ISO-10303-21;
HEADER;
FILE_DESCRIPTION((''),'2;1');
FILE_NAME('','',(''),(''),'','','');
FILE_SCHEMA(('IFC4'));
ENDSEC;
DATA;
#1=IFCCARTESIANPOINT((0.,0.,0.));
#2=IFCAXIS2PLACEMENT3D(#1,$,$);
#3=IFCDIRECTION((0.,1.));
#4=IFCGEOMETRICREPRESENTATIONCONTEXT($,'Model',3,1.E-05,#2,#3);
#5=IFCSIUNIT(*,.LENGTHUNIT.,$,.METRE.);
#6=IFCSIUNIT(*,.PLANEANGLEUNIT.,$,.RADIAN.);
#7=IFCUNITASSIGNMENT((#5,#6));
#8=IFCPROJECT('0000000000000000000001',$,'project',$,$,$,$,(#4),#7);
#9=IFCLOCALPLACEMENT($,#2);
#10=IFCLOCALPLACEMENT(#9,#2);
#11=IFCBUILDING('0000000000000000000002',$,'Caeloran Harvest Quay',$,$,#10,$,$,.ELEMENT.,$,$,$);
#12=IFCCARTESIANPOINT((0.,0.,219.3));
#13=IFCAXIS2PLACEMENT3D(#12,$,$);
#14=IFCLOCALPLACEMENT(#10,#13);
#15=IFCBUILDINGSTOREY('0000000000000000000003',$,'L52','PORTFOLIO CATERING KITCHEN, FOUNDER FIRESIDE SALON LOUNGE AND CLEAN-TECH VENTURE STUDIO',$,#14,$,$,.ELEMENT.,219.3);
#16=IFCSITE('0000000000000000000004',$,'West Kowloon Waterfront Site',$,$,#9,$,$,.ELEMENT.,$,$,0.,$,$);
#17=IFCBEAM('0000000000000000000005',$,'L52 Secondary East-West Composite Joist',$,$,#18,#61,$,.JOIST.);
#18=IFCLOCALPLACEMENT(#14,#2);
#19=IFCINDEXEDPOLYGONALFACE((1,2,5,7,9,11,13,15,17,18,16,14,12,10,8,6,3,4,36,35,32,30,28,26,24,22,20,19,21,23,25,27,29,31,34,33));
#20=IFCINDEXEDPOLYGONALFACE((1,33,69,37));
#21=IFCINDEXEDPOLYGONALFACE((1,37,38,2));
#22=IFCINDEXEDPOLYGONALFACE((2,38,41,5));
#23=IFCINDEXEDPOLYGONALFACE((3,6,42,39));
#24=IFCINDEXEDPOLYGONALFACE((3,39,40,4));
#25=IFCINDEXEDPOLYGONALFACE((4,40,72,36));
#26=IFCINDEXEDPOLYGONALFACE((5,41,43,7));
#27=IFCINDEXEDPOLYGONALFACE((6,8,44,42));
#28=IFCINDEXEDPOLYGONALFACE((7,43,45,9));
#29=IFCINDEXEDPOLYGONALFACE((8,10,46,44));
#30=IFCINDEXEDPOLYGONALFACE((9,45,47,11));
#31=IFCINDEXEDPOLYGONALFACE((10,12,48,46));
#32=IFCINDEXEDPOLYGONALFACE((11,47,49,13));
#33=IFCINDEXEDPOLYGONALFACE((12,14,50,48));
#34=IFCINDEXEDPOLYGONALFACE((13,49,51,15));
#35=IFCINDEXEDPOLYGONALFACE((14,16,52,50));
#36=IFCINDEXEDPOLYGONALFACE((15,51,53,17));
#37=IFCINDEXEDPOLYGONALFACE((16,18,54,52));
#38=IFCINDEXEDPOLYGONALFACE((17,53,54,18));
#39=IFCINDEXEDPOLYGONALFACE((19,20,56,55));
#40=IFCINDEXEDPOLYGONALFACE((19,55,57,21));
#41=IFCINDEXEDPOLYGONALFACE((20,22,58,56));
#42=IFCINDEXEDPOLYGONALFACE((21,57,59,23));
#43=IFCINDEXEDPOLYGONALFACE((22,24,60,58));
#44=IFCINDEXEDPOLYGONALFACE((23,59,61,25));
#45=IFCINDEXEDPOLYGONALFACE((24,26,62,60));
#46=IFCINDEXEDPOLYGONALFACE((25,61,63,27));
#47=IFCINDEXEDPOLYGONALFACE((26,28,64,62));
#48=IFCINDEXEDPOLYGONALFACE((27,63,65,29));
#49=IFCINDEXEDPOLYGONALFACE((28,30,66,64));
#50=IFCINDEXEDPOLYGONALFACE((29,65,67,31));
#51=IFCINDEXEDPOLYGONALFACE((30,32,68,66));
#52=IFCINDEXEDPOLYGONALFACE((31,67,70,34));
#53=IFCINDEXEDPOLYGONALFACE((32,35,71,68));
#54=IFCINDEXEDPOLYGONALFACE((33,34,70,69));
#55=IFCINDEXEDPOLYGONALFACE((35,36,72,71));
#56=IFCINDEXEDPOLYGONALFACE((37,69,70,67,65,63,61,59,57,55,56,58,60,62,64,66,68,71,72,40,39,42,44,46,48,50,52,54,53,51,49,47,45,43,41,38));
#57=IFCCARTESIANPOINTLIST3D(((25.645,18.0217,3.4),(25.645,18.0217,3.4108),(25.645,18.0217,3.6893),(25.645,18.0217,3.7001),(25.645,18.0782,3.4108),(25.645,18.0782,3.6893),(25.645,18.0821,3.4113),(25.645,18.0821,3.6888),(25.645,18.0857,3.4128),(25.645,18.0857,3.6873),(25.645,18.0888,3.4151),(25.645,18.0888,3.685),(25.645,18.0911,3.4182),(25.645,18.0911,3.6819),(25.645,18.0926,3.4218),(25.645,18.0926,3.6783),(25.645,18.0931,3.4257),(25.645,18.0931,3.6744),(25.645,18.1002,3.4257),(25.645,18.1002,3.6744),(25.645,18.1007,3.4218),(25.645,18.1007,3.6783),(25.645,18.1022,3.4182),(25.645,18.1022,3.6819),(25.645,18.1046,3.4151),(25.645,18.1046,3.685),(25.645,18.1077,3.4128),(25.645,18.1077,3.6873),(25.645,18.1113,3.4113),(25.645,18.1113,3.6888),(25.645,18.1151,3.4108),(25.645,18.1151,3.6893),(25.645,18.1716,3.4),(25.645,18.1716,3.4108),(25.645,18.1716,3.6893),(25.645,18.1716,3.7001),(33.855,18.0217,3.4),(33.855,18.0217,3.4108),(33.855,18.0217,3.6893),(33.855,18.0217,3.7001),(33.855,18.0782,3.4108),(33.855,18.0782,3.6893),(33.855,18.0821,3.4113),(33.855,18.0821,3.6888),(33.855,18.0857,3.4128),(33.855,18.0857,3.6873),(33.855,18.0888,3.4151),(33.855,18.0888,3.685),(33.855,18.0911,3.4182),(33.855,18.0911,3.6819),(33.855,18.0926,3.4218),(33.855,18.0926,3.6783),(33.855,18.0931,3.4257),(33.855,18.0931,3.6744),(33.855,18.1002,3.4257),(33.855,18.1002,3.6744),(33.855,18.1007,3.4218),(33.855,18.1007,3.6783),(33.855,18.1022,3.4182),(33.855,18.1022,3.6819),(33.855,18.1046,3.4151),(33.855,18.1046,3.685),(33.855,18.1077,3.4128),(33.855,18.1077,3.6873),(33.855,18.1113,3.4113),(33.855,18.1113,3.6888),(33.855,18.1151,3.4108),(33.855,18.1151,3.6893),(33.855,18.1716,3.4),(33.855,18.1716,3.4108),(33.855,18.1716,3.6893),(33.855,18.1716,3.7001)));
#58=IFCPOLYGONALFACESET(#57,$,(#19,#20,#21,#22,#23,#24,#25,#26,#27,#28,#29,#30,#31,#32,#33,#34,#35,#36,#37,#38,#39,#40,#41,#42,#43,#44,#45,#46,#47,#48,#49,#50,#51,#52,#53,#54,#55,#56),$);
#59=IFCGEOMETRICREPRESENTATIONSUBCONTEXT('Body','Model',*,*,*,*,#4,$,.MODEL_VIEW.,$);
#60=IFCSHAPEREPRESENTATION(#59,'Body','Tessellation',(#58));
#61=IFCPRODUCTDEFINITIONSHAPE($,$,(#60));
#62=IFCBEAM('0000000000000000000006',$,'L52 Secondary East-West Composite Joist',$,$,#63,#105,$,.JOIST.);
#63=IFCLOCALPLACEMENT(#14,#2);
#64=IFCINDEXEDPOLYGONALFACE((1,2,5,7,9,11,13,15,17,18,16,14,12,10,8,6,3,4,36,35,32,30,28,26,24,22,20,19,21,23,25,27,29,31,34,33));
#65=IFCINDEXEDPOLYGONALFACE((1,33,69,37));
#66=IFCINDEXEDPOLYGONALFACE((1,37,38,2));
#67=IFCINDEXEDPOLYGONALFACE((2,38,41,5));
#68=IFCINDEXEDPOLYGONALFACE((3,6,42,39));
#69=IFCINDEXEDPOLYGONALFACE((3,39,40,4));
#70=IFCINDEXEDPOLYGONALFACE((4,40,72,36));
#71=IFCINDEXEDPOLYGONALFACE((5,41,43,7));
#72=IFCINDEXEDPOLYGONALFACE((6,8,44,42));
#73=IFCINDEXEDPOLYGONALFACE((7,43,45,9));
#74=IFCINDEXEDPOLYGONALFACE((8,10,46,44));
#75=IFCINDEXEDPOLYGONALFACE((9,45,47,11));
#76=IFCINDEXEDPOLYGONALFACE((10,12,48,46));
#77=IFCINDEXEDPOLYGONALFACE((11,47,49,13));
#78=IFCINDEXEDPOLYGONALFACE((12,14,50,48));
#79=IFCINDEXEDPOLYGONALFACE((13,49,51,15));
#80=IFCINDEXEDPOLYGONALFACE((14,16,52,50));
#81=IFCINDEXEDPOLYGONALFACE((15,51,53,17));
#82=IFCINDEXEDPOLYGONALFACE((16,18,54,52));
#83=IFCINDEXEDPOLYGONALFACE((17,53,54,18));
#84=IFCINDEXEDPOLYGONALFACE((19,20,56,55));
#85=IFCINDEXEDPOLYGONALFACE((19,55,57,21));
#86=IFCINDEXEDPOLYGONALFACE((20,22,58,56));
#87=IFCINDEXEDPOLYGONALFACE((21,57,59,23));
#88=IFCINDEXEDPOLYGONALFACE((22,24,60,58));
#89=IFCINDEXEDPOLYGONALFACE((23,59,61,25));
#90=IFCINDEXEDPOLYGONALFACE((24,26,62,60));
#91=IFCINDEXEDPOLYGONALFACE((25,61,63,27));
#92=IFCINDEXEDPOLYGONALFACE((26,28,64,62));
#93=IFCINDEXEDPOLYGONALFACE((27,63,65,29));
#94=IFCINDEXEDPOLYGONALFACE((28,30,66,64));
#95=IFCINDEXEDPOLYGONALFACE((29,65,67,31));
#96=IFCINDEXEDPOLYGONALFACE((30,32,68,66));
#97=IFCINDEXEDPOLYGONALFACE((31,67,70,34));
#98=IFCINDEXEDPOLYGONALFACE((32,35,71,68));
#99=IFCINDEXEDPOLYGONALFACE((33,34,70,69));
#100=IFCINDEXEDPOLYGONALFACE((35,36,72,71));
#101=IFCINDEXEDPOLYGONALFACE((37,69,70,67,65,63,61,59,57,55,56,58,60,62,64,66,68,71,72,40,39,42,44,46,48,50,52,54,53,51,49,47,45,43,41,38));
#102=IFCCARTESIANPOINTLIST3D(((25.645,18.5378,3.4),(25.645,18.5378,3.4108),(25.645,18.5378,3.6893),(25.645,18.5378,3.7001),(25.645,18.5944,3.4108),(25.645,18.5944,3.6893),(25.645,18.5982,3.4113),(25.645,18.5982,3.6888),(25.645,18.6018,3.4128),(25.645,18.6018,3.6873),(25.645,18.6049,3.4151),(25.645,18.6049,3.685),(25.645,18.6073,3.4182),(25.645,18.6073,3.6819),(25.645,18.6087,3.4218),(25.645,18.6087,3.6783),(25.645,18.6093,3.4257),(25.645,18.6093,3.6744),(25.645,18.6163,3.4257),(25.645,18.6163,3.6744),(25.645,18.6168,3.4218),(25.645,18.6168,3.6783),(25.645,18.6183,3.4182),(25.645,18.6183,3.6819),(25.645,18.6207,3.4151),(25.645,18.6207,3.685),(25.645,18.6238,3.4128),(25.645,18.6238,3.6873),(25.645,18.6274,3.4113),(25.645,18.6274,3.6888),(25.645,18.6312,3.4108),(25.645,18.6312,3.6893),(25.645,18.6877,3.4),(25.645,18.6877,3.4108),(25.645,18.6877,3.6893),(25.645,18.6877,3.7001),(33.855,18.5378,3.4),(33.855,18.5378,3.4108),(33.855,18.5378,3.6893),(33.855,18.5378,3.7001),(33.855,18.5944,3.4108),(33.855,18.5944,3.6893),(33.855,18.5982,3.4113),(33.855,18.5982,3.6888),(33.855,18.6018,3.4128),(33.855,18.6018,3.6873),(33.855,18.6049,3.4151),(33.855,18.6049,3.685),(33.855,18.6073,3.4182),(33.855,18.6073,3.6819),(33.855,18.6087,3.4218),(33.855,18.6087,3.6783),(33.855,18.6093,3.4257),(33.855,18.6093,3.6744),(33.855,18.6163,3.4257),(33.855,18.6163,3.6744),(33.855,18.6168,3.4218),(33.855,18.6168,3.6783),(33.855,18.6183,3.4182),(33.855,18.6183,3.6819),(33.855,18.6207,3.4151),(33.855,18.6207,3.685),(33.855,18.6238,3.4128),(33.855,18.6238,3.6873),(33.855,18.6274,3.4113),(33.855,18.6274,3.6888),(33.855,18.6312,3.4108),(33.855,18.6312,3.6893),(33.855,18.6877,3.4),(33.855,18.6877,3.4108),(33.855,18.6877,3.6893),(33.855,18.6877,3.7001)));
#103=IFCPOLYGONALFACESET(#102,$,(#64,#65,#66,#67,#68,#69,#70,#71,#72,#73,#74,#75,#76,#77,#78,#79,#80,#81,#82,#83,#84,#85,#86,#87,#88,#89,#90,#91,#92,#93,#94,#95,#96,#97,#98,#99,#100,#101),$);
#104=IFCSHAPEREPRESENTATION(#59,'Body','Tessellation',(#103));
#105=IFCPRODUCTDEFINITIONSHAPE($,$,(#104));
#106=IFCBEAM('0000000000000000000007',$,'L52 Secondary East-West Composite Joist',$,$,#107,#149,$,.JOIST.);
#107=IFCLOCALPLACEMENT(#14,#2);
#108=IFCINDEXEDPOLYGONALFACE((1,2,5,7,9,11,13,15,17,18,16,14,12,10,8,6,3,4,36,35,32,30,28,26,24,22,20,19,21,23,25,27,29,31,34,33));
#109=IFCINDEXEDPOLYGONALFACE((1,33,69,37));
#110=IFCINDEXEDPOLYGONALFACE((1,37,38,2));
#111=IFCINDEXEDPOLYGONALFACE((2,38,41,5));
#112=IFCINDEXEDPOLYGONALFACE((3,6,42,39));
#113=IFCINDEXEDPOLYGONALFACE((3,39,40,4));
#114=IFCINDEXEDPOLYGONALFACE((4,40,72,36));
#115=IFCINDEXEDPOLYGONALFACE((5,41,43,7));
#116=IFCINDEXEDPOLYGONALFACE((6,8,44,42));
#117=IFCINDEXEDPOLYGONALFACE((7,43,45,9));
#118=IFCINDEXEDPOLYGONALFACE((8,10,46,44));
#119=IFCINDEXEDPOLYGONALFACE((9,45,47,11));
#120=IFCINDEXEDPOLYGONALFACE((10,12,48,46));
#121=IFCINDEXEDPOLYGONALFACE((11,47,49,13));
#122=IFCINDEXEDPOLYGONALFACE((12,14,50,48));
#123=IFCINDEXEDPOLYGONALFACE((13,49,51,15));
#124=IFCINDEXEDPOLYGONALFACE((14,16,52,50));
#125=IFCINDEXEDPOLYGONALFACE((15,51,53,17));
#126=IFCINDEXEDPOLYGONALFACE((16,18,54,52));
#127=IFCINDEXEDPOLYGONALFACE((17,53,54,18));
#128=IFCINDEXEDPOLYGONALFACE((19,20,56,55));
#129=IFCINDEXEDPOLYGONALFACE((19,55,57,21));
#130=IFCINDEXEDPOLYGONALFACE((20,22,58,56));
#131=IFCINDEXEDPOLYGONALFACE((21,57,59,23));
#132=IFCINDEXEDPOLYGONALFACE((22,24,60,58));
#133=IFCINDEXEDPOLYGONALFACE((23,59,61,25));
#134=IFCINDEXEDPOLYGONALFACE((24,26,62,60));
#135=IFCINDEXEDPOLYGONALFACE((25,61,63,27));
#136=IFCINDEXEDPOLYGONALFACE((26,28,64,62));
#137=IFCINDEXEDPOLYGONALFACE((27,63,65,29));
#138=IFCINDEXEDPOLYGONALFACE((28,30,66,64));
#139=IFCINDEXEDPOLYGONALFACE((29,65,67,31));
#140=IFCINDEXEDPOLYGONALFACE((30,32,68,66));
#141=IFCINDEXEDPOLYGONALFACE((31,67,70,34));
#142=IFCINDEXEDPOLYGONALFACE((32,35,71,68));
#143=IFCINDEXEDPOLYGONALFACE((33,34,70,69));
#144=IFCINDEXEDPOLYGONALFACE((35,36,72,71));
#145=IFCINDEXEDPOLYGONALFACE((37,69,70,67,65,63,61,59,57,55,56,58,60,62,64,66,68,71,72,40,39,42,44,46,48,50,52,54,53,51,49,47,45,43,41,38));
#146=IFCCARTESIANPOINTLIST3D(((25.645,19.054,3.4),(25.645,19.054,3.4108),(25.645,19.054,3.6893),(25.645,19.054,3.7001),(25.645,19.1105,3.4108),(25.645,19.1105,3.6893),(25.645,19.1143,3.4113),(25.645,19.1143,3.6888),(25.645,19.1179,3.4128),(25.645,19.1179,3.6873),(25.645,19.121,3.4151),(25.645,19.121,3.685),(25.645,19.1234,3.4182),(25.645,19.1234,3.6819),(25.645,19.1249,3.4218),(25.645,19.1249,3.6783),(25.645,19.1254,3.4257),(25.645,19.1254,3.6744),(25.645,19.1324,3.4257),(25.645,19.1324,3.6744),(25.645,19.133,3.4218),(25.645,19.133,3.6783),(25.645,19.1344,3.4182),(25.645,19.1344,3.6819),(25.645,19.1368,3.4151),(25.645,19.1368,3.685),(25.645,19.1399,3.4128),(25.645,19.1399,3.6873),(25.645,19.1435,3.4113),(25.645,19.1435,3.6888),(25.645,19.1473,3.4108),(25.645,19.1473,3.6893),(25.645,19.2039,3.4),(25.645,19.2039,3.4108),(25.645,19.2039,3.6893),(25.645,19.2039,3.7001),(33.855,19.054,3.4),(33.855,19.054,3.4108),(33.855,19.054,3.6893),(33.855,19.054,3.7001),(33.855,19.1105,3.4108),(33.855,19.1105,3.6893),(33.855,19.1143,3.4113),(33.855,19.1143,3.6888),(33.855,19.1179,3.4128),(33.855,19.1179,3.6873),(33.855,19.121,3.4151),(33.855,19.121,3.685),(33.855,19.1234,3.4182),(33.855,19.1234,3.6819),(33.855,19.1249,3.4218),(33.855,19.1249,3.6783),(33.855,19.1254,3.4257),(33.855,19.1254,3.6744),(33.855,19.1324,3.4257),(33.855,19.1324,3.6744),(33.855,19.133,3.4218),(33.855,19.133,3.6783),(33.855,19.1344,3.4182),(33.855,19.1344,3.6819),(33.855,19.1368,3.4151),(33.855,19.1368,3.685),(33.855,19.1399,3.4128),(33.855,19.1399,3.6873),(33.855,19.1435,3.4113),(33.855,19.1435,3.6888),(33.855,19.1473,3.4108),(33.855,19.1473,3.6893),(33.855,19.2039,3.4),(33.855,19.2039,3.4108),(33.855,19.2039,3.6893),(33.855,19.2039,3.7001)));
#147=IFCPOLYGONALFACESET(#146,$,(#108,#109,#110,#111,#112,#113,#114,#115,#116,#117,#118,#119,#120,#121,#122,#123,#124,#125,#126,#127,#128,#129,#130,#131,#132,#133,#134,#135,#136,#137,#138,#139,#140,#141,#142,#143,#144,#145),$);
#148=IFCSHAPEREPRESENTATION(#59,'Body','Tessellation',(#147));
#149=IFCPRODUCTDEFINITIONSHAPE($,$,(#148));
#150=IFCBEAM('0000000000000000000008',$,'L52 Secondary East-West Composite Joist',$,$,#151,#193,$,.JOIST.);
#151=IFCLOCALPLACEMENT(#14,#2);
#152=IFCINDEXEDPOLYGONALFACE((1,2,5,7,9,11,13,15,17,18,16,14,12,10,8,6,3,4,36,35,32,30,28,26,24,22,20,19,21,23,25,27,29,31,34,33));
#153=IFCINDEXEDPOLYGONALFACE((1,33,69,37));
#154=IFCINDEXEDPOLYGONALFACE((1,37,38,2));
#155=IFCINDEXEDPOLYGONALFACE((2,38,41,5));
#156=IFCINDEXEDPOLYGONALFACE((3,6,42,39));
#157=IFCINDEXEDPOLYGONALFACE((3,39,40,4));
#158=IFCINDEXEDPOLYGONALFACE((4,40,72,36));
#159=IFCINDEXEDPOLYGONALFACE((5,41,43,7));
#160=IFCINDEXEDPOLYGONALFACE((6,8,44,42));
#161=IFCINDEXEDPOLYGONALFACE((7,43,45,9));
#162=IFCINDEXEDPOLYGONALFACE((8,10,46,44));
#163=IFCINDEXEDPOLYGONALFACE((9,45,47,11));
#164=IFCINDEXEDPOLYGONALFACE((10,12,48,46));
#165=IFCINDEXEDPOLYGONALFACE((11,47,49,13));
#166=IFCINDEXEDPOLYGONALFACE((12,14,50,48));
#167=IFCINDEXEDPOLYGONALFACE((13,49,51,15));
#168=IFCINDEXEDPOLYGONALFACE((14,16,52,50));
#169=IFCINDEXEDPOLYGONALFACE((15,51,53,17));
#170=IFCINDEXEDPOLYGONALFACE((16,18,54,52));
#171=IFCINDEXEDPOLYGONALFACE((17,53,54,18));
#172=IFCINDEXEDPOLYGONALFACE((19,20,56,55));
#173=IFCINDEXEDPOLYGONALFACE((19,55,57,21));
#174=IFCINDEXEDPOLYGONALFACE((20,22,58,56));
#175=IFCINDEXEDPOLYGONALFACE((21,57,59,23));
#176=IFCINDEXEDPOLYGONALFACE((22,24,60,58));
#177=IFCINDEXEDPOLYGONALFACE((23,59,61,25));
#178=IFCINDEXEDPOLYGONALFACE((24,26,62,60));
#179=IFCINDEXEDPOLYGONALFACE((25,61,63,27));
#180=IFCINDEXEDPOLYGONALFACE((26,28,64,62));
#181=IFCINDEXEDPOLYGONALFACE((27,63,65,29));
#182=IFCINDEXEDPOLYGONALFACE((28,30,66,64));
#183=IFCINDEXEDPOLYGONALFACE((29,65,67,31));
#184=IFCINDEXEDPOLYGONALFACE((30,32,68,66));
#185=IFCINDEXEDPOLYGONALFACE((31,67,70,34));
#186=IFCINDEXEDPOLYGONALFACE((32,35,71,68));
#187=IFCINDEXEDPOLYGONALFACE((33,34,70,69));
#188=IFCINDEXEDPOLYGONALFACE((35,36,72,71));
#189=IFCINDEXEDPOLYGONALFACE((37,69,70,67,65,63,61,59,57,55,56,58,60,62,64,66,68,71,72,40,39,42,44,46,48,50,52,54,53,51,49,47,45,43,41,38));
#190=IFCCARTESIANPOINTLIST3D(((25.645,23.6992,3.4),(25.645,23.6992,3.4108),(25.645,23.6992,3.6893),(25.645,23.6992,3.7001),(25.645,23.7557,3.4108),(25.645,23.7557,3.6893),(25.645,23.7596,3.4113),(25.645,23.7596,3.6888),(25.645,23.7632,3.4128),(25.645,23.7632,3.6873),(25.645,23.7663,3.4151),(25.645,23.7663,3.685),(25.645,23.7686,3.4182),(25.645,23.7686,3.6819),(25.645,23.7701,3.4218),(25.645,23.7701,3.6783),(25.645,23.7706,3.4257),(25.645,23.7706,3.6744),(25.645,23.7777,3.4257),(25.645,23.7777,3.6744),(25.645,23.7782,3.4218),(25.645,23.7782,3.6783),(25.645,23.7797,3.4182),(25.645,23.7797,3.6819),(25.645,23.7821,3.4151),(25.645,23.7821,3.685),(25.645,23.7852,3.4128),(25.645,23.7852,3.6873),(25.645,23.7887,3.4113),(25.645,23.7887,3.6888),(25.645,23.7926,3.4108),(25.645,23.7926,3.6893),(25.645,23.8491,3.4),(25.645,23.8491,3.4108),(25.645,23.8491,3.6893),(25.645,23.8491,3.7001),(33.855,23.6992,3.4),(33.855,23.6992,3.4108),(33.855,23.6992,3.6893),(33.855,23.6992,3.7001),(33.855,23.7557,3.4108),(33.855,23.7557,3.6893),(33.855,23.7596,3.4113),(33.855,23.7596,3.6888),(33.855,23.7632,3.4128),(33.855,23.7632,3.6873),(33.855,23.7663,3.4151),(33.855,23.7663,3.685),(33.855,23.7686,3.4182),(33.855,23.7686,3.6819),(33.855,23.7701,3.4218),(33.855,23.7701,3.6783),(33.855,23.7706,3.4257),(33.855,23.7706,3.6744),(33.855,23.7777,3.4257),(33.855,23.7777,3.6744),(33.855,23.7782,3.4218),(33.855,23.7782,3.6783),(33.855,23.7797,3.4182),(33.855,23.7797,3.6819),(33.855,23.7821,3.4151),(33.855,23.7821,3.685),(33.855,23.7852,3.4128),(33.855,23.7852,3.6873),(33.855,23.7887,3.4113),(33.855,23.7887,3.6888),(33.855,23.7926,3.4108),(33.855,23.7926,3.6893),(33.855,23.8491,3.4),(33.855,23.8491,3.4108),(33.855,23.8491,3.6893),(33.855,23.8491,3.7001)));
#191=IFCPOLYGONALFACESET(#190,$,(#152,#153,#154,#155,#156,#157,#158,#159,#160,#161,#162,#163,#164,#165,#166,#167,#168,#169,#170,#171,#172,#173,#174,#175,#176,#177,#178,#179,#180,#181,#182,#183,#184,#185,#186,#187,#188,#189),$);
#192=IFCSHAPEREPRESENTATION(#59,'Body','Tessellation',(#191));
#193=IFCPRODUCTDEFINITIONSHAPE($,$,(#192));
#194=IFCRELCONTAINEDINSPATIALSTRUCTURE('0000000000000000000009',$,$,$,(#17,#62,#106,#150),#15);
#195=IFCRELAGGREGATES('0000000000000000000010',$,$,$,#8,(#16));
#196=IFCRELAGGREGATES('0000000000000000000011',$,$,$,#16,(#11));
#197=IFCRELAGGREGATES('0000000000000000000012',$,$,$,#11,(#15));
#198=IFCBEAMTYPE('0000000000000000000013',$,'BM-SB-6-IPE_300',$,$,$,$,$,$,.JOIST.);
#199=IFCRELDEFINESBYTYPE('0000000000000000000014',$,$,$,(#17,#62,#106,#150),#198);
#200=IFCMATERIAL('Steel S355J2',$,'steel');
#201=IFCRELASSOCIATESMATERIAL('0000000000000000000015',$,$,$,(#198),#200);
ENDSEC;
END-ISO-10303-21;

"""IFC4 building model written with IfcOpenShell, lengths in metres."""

from ifc_helpers import new_model, si_unit, direction, frame, origin, origin_2d, place, context, subcontext, project, spatial, i_section, extrude, material, material_profile, profile_set, type_object, element, save


model = new_model("IFC4")

# Units and contexts
model_context = context("Model", 3, precision=1e-05, world=origin(), true_north=direction((0.0, 1.0)))
body_context = subcontext(model_context, "Body", "Model", "MODEL_VIEW")
ifc_project = project(units=[si_unit("LENGTHUNIT", "METRE"), si_unit("PLANEANGLEUNIT", "RADIAN")], contexts=[model_context])

# Site, building, storey
site_placement = place(None, origin())
site = spatial("IfcSite", under=ifc_project, at=site_placement, Name="West Kowloon Waterfront Site", CompositionType="ELEMENT", RefElevation=0.0)
building_placement = place(site_placement, origin())
building = spatial("IfcBuilding", under=site, at=building_placement, Name="Caeloran Harvest Quay", CompositionType="ELEMENT")
storey_placement = place(building_placement, frame((0.0, 0.0, 219.3)))
storey = spatial("IfcBuildingStorey", under=building, at=storey_placement, Name="L52", Description="PORTFOLIO CATERING KITCHEN, FOUNDER FIRESIDE SALON LOUNGE AND CLEAN-TECH VENTURE STUDIO", CompositionType="ELEMENT", Elevation=219.3)

# Beams
ifc_material_1 = material(Name="Steel S355J2", Category="steel")
ifc_material_profile_1 = material_profile(ifc_material_1, i_section(OverallWidth=0.1499, OverallDepth=0.3, WebThickness=0.0071, FlangeThickness=0.0107, FilletRadius=0.0149, at=origin_2d()), Name="IPE 300")
ifc_profile_set_1 = profile_set([ifc_material_profile_1], Name="Steel S355J2")
beam_type_1 = type_object("IfcBeamType", Name="BM-SB-6-IPE_300", PredefinedType="JOIST", material=ifc_profile_set_1)
for number, where, z_axis, x_axis, name in (
    (1, (25.645, 18.0967, 3.55), (1.0, 0.0, 0.0), (0.0, 1.0, 0.0), "L52 Secondary East-West Composite Joist"),
    (2, (25.645, 18.6128, 3.55), (1.0, 0.0, 0.0), (0.0, 1.0, 0.0), "L52 Secondary East-West Composite Joist"),
    (3, (25.645, 19.1289, 3.55), (1.0, 0.0, 0.0), (0.0, 1.0, 0.0), "L52 Secondary East-West Composite Joist"),
    (4, (25.645, 23.7742, 3.55), (1.0, 0.0, 0.0), (0.0, 1.0, 0.0), "L52 Secondary East-West Composite Joist"),
):
    element("IfcBeam", number, at=place(storey_placement, frame(where, z_axis=z_axis, x_axis=x_axis)), inside=storey, type_object=beam_type_1, Name=name, PredefinedType="JOIST", context=body_context, shape_type="SweptSolid", body=[
        extrude(i_section(OverallWidth=0.1499, OverallDepth=0.3, WebThickness=0.0071, FlangeThickness=0.0107, FilletRadius=0.0149, at=origin_2d()), origin(), (0.0, 0.0, 1.0), 8.21),
    ])

save(model, "model.ifc")
